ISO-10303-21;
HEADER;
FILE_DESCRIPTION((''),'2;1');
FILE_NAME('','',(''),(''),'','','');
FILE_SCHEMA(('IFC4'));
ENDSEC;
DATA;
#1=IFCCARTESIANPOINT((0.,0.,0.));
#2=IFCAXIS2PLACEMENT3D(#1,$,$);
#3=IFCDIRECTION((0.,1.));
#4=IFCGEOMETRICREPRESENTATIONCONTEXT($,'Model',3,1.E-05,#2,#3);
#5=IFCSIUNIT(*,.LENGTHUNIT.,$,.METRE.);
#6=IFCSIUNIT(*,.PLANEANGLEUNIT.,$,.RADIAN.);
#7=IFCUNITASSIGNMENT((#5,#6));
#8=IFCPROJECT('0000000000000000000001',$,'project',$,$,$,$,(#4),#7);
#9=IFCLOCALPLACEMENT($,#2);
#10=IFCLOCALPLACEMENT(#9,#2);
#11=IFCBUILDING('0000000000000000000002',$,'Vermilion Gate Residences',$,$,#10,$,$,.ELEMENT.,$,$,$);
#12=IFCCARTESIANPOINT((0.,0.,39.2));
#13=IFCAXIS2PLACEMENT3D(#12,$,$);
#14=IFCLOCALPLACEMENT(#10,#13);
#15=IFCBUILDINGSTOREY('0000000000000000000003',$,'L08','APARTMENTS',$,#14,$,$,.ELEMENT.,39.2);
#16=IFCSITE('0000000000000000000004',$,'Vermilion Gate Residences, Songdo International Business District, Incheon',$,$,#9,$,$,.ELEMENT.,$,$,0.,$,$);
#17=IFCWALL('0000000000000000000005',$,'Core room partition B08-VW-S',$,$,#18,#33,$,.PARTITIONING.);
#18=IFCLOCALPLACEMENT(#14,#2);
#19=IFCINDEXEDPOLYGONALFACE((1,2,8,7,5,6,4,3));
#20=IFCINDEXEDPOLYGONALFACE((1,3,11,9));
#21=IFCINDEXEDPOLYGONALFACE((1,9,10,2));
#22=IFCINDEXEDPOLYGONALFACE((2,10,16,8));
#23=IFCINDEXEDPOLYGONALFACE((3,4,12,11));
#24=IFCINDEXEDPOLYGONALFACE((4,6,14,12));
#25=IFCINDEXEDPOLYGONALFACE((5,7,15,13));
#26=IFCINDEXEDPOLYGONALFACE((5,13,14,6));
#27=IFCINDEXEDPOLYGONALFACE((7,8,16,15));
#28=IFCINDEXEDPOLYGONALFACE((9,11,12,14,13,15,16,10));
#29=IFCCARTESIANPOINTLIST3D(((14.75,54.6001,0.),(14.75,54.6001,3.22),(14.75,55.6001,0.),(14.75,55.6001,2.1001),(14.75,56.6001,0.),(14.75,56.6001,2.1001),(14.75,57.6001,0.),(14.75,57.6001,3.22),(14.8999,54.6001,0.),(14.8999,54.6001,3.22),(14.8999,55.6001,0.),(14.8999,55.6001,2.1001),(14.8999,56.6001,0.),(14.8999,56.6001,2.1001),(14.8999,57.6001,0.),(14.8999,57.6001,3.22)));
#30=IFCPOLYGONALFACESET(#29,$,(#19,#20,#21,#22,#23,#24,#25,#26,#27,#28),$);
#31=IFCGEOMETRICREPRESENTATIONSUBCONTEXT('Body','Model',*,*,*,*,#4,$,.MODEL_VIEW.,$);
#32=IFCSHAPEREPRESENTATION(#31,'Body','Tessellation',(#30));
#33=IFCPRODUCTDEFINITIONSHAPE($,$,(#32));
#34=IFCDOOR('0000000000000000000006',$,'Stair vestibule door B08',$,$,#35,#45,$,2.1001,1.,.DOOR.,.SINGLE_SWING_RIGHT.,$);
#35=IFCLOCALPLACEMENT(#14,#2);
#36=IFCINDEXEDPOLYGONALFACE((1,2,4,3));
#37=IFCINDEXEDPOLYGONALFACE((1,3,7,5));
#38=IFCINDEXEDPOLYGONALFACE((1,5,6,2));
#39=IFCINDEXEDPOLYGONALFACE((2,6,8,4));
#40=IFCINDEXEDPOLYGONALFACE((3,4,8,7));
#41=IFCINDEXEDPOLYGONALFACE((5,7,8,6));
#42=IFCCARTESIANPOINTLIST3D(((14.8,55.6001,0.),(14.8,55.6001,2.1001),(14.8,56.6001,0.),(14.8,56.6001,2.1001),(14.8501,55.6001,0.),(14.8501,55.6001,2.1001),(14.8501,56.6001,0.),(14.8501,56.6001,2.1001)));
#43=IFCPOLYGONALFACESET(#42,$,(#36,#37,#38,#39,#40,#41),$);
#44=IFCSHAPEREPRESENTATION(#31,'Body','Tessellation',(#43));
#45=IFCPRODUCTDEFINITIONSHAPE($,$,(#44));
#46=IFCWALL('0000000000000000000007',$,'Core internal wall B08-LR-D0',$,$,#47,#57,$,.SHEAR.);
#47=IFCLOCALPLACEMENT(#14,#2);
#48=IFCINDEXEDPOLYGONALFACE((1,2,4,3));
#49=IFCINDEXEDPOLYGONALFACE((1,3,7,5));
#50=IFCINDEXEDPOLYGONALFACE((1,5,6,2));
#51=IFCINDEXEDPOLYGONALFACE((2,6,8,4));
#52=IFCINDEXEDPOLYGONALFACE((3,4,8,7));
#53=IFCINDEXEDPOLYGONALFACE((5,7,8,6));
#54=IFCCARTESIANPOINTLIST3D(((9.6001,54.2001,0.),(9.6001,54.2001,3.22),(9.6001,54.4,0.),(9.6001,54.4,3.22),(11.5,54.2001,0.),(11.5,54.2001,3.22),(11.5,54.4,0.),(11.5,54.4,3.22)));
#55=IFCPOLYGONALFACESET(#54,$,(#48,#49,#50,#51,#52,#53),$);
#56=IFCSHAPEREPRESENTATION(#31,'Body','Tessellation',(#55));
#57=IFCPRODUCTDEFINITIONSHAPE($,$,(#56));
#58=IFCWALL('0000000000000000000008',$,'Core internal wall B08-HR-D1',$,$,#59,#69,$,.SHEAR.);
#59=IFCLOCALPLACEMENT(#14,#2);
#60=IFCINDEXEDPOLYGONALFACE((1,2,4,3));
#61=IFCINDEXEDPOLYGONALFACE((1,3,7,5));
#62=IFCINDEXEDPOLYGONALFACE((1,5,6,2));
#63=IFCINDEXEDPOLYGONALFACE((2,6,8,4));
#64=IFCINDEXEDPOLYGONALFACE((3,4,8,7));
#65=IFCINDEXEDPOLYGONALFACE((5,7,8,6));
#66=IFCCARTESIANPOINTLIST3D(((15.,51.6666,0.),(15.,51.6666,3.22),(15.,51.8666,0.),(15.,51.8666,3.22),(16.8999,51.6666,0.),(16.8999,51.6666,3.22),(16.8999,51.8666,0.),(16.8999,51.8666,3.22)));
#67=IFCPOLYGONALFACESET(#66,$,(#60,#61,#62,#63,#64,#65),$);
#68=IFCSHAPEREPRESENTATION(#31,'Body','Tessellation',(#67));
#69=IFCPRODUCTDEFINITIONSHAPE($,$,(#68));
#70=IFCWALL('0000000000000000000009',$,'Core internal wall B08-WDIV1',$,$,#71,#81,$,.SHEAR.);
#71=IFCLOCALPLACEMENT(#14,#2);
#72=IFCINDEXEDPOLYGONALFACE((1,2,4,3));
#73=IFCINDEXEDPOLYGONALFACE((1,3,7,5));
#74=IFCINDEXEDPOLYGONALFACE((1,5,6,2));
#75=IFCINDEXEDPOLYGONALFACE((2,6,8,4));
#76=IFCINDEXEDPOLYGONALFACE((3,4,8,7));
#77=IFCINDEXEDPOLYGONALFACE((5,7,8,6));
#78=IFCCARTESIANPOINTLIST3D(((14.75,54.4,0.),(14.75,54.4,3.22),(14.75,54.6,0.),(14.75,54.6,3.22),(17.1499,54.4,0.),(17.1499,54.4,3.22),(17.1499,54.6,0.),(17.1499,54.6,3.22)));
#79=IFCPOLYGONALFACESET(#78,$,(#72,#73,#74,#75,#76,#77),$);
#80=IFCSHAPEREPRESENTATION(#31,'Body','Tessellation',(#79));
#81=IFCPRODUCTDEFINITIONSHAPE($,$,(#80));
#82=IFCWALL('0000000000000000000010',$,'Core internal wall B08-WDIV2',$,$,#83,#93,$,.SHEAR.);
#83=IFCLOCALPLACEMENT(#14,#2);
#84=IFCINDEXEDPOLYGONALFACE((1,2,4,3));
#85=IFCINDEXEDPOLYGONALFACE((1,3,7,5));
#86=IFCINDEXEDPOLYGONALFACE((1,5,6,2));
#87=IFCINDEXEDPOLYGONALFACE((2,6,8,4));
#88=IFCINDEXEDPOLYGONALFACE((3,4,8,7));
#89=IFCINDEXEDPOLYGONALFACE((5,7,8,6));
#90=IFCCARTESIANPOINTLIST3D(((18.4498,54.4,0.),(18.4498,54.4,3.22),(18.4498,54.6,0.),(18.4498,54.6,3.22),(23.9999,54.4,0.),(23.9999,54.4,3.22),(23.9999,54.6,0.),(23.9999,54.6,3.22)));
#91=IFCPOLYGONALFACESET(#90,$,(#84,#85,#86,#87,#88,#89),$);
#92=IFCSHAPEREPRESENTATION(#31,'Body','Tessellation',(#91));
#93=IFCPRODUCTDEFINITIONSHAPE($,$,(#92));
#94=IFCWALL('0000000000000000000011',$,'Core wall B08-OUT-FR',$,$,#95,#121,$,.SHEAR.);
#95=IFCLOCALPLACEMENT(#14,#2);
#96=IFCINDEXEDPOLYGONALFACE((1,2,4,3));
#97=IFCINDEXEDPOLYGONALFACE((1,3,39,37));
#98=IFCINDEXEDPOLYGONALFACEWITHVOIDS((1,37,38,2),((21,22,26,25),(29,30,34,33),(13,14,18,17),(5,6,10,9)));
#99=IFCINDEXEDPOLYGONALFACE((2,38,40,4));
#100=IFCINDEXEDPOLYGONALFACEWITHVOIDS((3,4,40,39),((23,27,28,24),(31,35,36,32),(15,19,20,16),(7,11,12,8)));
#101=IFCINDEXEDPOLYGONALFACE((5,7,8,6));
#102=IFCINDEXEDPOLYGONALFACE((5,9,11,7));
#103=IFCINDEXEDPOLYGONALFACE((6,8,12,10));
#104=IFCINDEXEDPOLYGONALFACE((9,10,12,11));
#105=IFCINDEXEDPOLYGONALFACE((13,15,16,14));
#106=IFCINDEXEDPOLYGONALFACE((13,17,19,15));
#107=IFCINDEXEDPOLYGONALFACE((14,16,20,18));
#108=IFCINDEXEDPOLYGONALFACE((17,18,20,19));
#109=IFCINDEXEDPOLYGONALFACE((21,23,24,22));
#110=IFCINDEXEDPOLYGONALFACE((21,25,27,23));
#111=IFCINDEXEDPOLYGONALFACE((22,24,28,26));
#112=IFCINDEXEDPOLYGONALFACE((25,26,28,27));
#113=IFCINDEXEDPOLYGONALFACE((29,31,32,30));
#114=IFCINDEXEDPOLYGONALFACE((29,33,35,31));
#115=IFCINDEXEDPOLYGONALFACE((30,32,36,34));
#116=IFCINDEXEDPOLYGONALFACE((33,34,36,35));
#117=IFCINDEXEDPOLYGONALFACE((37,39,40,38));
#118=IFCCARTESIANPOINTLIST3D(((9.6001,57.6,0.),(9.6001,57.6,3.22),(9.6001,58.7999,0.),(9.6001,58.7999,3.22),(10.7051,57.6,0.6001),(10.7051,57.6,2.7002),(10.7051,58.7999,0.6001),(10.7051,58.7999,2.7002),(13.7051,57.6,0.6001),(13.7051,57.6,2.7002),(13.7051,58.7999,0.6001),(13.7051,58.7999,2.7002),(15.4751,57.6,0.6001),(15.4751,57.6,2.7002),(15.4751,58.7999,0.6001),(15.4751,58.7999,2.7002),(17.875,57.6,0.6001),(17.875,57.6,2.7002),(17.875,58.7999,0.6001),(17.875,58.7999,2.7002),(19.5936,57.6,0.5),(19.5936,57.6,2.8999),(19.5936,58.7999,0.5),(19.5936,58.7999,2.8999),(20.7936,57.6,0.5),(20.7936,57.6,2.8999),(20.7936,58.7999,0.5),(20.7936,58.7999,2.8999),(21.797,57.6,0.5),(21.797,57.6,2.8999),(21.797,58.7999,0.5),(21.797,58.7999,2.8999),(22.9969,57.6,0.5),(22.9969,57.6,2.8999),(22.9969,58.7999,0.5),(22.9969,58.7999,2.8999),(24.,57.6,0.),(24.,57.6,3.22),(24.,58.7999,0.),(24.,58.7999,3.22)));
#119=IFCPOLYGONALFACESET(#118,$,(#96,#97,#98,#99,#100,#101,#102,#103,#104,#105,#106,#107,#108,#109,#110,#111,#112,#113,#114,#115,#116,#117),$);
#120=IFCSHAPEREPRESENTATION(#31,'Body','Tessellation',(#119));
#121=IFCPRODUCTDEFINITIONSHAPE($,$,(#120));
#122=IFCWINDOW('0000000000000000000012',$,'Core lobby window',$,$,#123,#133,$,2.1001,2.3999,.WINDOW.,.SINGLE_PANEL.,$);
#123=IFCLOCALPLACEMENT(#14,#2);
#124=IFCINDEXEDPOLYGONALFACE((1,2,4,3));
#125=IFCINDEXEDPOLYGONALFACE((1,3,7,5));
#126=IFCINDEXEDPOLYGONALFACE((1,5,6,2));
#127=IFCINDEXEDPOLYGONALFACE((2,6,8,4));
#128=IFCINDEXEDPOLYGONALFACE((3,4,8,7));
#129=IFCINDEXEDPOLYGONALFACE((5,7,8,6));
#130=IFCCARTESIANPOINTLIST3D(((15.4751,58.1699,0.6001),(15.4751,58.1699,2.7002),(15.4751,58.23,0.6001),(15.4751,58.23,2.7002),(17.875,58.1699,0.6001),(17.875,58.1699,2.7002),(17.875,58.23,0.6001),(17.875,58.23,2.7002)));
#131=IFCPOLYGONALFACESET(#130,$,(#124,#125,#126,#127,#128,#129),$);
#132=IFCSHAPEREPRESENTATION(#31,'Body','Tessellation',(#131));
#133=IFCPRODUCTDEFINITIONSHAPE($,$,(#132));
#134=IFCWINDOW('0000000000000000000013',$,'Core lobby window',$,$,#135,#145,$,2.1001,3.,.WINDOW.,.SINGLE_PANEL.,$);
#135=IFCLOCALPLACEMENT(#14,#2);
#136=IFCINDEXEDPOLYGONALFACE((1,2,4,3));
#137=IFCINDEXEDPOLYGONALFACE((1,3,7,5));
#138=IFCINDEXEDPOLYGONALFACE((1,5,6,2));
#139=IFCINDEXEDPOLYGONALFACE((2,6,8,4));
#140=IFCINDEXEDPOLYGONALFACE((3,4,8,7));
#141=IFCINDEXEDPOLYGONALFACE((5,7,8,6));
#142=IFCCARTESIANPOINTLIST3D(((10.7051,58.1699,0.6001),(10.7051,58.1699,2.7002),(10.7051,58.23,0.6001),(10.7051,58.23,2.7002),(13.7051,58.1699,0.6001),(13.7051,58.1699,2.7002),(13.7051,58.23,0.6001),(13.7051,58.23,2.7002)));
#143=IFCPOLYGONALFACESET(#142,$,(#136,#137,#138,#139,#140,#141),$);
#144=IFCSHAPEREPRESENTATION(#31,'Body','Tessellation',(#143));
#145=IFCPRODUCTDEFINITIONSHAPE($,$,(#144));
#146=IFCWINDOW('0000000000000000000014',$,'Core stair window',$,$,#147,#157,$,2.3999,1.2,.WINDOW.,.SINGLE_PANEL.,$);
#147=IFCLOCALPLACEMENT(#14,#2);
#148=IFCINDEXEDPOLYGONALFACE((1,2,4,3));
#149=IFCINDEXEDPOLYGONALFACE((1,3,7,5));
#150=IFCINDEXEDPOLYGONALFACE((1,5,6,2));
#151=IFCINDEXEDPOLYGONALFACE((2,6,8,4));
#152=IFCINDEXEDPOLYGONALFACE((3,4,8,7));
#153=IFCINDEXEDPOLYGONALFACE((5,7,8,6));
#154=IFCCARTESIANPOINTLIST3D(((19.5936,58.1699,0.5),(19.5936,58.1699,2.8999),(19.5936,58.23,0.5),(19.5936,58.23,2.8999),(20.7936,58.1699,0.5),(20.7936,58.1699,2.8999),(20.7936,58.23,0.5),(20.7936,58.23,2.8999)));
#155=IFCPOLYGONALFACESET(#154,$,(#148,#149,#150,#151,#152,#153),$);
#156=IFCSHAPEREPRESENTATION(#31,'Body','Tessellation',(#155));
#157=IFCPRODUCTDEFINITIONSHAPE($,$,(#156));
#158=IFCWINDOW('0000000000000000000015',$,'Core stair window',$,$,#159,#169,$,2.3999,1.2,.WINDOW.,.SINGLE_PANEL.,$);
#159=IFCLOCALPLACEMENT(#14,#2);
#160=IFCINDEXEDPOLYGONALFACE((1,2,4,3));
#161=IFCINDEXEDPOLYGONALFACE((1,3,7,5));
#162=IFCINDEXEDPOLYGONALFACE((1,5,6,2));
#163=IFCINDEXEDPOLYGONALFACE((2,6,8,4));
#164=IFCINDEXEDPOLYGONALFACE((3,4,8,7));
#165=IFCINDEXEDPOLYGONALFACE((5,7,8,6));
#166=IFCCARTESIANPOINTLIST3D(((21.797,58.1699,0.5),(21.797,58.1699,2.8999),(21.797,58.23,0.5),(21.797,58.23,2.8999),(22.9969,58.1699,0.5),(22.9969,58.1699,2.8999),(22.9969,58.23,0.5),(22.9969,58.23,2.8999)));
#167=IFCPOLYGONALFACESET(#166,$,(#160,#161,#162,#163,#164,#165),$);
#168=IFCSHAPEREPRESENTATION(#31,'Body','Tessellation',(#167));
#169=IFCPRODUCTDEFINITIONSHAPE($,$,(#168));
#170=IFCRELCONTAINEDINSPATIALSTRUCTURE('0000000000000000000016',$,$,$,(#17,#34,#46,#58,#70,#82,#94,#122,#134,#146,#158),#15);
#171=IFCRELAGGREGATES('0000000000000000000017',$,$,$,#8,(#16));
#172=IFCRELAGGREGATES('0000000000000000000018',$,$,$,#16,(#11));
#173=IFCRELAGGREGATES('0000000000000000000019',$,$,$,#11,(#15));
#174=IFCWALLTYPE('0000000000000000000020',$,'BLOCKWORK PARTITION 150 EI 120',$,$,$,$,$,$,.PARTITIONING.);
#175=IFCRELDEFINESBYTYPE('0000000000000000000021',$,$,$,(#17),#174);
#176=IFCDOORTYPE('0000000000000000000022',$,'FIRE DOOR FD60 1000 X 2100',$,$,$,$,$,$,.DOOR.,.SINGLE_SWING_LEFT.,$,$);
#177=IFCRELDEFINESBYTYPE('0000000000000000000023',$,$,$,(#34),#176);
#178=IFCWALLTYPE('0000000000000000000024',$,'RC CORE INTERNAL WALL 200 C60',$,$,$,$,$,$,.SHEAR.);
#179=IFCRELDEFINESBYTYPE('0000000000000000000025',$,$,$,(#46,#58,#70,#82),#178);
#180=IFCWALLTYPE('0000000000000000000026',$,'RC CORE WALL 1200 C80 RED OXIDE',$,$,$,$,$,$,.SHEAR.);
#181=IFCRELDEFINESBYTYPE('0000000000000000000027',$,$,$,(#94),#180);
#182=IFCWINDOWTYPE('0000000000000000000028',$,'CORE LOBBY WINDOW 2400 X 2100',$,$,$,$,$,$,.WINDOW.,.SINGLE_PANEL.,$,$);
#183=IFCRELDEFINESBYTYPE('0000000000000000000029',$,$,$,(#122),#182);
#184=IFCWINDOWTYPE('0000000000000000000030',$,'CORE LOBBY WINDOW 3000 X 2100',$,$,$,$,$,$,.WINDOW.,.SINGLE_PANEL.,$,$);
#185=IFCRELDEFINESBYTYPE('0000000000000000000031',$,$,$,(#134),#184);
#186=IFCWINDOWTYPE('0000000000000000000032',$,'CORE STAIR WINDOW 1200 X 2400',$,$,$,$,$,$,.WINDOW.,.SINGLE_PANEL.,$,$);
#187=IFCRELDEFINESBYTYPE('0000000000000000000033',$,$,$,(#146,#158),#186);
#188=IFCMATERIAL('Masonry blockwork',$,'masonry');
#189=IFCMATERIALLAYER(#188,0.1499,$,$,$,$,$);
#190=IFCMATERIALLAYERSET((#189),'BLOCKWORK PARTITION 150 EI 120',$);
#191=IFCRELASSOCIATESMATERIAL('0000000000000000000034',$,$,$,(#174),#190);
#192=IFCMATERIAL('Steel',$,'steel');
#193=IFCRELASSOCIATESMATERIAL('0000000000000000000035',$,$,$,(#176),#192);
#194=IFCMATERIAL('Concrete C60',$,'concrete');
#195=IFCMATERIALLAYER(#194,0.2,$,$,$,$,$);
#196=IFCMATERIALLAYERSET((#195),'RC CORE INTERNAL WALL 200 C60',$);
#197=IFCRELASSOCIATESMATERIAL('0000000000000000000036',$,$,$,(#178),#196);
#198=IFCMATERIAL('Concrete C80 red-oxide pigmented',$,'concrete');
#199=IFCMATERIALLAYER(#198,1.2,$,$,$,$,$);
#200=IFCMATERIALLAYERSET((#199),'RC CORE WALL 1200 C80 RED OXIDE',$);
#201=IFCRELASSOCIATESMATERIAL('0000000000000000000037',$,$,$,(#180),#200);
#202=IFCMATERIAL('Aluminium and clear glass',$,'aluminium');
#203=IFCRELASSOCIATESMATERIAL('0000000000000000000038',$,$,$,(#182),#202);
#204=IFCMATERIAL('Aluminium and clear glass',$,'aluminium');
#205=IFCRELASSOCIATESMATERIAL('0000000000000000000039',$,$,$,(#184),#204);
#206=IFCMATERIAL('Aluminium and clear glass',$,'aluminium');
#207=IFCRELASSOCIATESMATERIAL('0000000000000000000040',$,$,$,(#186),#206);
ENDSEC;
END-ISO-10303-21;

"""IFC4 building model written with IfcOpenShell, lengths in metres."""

from ifc_helpers import new_model, si_unit, direction, frame, frame_2d, origin, place, context, subcontext, project, spatial, rectangle, extrude, material, layer, layer_set, type_object, element, fill, save


model = new_model("IFC4")

# Units and contexts
model_context = context("Model", 3, precision=1e-05, world=origin(), true_north=direction((0.0, 1.0)))
body_context = subcontext(model_context, "Body", "Model", "MODEL_VIEW")
ifc_project = project(units=[si_unit("LENGTHUNIT", "METRE"), si_unit("PLANEANGLEUNIT", "RADIAN")], contexts=[model_context])

# Site, building, storey
site_placement = place(None, origin())
site = spatial("IfcSite", under=ifc_project, at=site_placement, Name="Vermilion Gate Residences, Songdo International Business District, Incheon", CompositionType="ELEMENT", RefElevation=0.0)
building_placement = place(site_placement, origin())
building = spatial("IfcBuilding", under=site, at=building_placement, Name="Vermilion Gate Residences", CompositionType="ELEMENT")
storey_placement = place(building_placement, frame((0.0, 0.0, 39.2)))
storey = spatial("IfcBuildingStorey", under=building, at=storey_placement, Name="L08", Description="APARTMENTS", CompositionType="ELEMENT", Elevation=39.2)

# Wall, opening, door
ifc_material_1 = material(Name="Masonry blockwork", Category="masonry")
ifc_layer_1 = layer(ifc_material_1, 0.1499)
ifc_layer_set_1 = layer_set([ifc_layer_1], Name="BLOCKWORK PARTITION 150 EI 120")
wall_type_1 = type_object("IfcWallType", Name="BLOCKWORK PARTITION 150 EI 120", PredefinedType="PARTITIONING", material=ifc_layer_set_1)
wall_1_placement = place(storey_placement, frame((14.825, 57.6001, 0.0), z_axis=(0.0, 0.0, 1.0), x_axis=(0.0, -1.0, 0.0)))
wall_1 = element("IfcWall", 1, at=wall_1_placement, inside=storey, type_object=wall_type_1, Name="Core room partition B08-VW-S", PredefinedType="PARTITIONING", context=body_context, shape_type="SweptSolid", body=[
    extrude(rectangle(XDim=3.0, YDim=0.1499, at=frame_2d((1.5, 0.0))), origin(), (0.0, 0.0, 1.0), 3.22),
])
opening_1_placement = place(wall_1_placement, frame((1.0, 0.0, 0.0)))
opening_1 = element("IfcOpeningElement", 2, at=opening_1_placement, cuts=wall_1, PredefinedType="OPENING", context=body_context, shape_type="SweptSolid", body=[
    extrude(rectangle(XDim=1.0, YDim=2.1001, at=frame_2d((0.5, 1.05))), frame((0.0, 0.085, 0.0), z_axis=(0.0, -1.0, 0.0), x_axis=(1.0, 0.0, 0.0)), (0.0, 0.0, 1.0), 0.1699),
])
ifc_material_2 = material(Name="Steel", Category="steel")
door_type_1 = type_object("IfcDoorType", Name="FIRE DOOR FD60 1000 X 2100", OperationType="SINGLE_SWING_LEFT", PredefinedType="DOOR", material=ifc_material_2)
door_1_placement = place(opening_1_placement, frame((1.0, 0.0, 0.0), z_axis=(0.0, 0.0, 1.0), x_axis=(-1.0, 0.0, 0.0)))
door_1 = element("IfcDoor", 3, at=door_1_placement, inside=storey, type_object=door_type_1, Name="Stair vestibule door B08", OperationType="SINGLE_SWING_RIGHT", OverallHeight=2.1001, OverallWidth=1.0, PredefinedType="DOOR", context=body_context, shape_type="SweptSolid", body=[
    extrude(rectangle(XDim=1.0, YDim=2.1001, at=frame_2d((0.5, 1.05))), frame((0.0, 0.0249, 0.0), z_axis=(0.0, -1.0, 0.0), x_axis=(1.0, 0.0, 0.0)), (0.0, 0.0, 1.0), 0.05),
])
fill(opening_1, door_1)

# Walls
ifc_material_3 = material(Name="Concrete C60", Category="concrete")
ifc_layer_2 = layer(ifc_material_3, 0.2)
ifc_layer_set_2 = layer_set([ifc_layer_2], Name="RC CORE INTERNAL WALL 200 C60")
wall_type_2 = type_object("IfcWallType", Name="RC CORE INTERNAL WALL 200 C60", PredefinedType="SHEAR", material=ifc_layer_set_2)
for number, where, z_axis, x_axis, name in (
    (4, (9.6001, 54.3, 0.0), (0.0, 0.0, 1.0), (1.0, 0.0, 0.0), "Core internal wall B08-LR-D0"),
    (5, (15.0, 51.7666, 0.0), (0.0, 0.0, 1.0), (1.0, 0.0, 0.0), "Core internal wall B08-HR-D1"),
):
    element("IfcWall", number, at=place(storey_placement, frame(where, z_axis=z_axis, x_axis=x_axis)), inside=storey, type_object=wall_type_2, Name=name, PredefinedType="SHEAR", context=body_context, shape_type="SweptSolid", body=[
        extrude(rectangle(XDim=1.8999, YDim=0.2, at=frame_2d((0.95, 0.0))), origin(), (0.0, 0.0, 1.0), 3.22),
    ])
wall_2_placement = place(storey_placement, frame((14.75, 54.5, 0.0), z_axis=(0.0, 0.0, 1.0), x_axis=(1.0, 0.0, 0.0)))
element("IfcWall", 6, at=wall_2_placement, inside=storey, type_object=wall_type_2, Name="Core internal wall B08-WDIV1", PredefinedType="SHEAR", context=body_context, shape_type="SweptSolid", body=[
    extrude(rectangle(XDim=2.3999, YDim=0.2, at=frame_2d((1.2, 0.0))), origin(), (0.0, 0.0, 1.0), 3.22),
])
wall_3_placement = place(storey_placement, frame((18.45, 54.5, 0.0), z_axis=(0.0, 0.0, 1.0), x_axis=(1.0, 0.0, 0.0)))
element("IfcWall", 7, at=wall_3_placement, inside=storey, type_object=wall_type_2, Name="Core internal wall B08-WDIV2", PredefinedType="SHEAR", context=body_context, shape_type="SweptSolid", body=[
    extrude(rectangle(XDim=5.55, YDim=0.2, at=frame_2d((2.7749, 0.0))), origin(), (0.0, 0.0, 1.0), 3.22),
])

# Wall, openings, windows
ifc_material_4 = material(Name="Concrete C80 red-oxide pigmented", Category="concrete")
ifc_layer_3 = layer(ifc_material_4, 1.2)
ifc_layer_set_3 = layer_set([ifc_layer_3], Name="RC CORE WALL 1200 C80 RED OXIDE")
wall_type_3 = type_object("IfcWallType", Name="RC CORE WALL 1200 C80 RED OXIDE", PredefinedType="SHEAR", material=ifc_layer_set_3)
wall_4_placement = place(storey_placement, frame((9.6001, 58.2, 0.0), z_axis=(0.0, 0.0, 1.0), x_axis=(1.0, 0.0, 0.0)))
wall_4 = element("IfcWall", 8, at=wall_4_placement, inside=storey, type_object=wall_type_3, Name="Core wall B08-OUT-FR", PredefinedType="SHEAR", context=body_context, shape_type="SweptSolid", body=[
    extrude(rectangle(XDim=14.3999, YDim=1.2, at=frame_2d((7.2, 0.0))), origin(), (0.0, 0.0, 1.0), 3.22),
])
opening_2_placement = place(wall_4_placement, frame((1.105, 0.0, 0.6001)))
opening_2 = element("IfcOpeningElement", 9, at=opening_2_placement, cuts=wall_4, PredefinedType="OPENING", context=body_context, shape_type="SweptSolid", body=[
    extrude(rectangle(XDim=3.0, YDim=2.1001, at=frame_2d((1.5, 1.05))), frame((0.0, 0.6099, 0.0), z_axis=(0.0, -1.0, 0.0), x_axis=(1.0, 0.0, 0.0)), (0.0, 0.0, 1.0), 1.22),
])
opening_3_placement = place(wall_4_placement, frame((5.875, 0.0, 0.6001)))
opening_3 = element("IfcOpeningElement", 10, at=opening_3_placement, cuts=wall_4, PredefinedType="OPENING", context=body_context, shape_type="SweptSolid", body=[
    extrude(rectangle(XDim=2.3999, YDim=2.1001, at=frame_2d((1.2, 1.05))), frame((0.0, 0.6099, 0.0), z_axis=(0.0, -1.0, 0.0), x_axis=(1.0, 0.0, 0.0)), (0.0, 0.0, 1.0), 1.22),
])
opening_4_placement = place(wall_4_placement, frame((9.9934, 0.0, 0.5)))
opening_4 = element("IfcOpeningElement", 11, at=opening_4_placement, cuts=wall_4, PredefinedType="OPENING", context=body_context, shape_type="SweptSolid", body=[
    extrude(rectangle(XDim=1.2, YDim=2.3999, at=frame_2d((0.6001, 1.2))), frame((0.0, 0.6099, 0.0), z_axis=(0.0, -1.0, 0.0), x_axis=(1.0, 0.0, 0.0)), (0.0, 0.0, 1.0), 1.22),
])
opening_5_placement = place(wall_4_placement, frame((12.1968, 0.0, 0.5)))
opening_5 = element("IfcOpeningElement", 12, at=opening_5_placement, cuts=wall_4, PredefinedType="OPENING", context=body_context, shape_type="SweptSolid", body=[
    extrude(rectangle(XDim=1.2, YDim=2.3999, at=frame_2d((0.6001, 1.2))), frame((0.0, 0.6099, 0.0), z_axis=(0.0, -1.0, 0.0), x_axis=(1.0, 0.0, 0.0)), (0.0, 0.0, 1.0), 1.22),
])
ifc_material_5 = material(Name="Aluminium and clear glass", Category="aluminium")
window_type_1 = type_object("IfcWindowType", Name="CORE LOBBY WINDOW 2400 X 2100", PartitioningType="SINGLE_PANEL", PredefinedType="WINDOW", material=ifc_material_5)
window_1_placement = place(opening_3_placement, origin())
window_1 = element("IfcWindow", 13, at=window_1_placement, inside=storey, type_object=window_type_1, Name="Core lobby window", OverallHeight=2.1001, OverallWidth=2.3999, PartitioningType="SINGLE_PANEL", PredefinedType="WINDOW", context=body_context, shape_type="SweptSolid", body=[
    extrude(rectangle(XDim=2.3999, YDim=2.1001, at=frame_2d((1.2, 1.05))), frame((0.0, 0.03, 0.0), z_axis=(0.0, -1.0, 0.0), x_axis=(1.0, 0.0, 0.0)), (0.0, 0.0, 1.0), 0.0601),
])
fill(opening_3, window_1)
ifc_material_6 = material(Name="Aluminium and clear glass", Category="aluminium")
window_type_2 = type_object("IfcWindowType", Name="CORE LOBBY WINDOW 3000 X 2100", PartitioningType="SINGLE_PANEL", PredefinedType="WINDOW", material=ifc_material_6)
window_2_placement = place(opening_2_placement, origin())
window_2 = element("IfcWindow", 14, at=window_2_placement, inside=storey, type_object=window_type_2, Name="Core lobby window", OverallHeight=2.1001, OverallWidth=3.0, PartitioningType="SINGLE_PANEL", PredefinedType="WINDOW", context=body_context, shape_type="SweptSolid", body=[
    extrude(rectangle(XDim=3.0, YDim=2.1001, at=frame_2d((1.5, 1.05))), frame((0.0, 0.03, 0.0), z_axis=(0.0, -1.0, 0.0), x_axis=(1.0, 0.0, 0.0)), (0.0, 0.0, 1.0), 0.0601),
])
fill(opening_2, window_2)
ifc_material_7 = material(Name="Aluminium and clear glass", Category="aluminium")
window_type_3 = type_object("IfcWindowType", Name="CORE STAIR WINDOW 1200 X 2400", PartitioningType="SINGLE_PANEL", PredefinedType="WINDOW", material=ifc_material_7)
window_3_placement = place(opening_4_placement, origin())
window_3 = element("IfcWindow", 15, at=window_3_placement, inside=storey, type_object=window_type_3, Name="Core stair window", OverallHeight=2.3999, OverallWidth=1.2, PartitioningType="SINGLE_PANEL", PredefinedType="WINDOW", context=body_context, shape_type="SweptSolid", body=[
    extrude(rectangle(XDim=1.2, YDim=2.3999, at=frame_2d((0.6001, 1.2))), frame((0.0, 0.03, 0.0), z_axis=(0.0, -1.0, 0.0), x_axis=(1.0, 0.0, 0.0)), (0.0, 0.0, 1.0), 0.0601),
])
fill(opening_4, window_3)
window_4_placement = place(opening_5_placement, origin())
window_4 = element("IfcWindow", 16, at=window_4_placement, inside=storey, type_object=window_type_3, Name="Core stair window", OverallHeight=2.3999, OverallWidth=1.2, PartitioningType="SINGLE_PANEL", PredefinedType="WINDOW", context=body_context, shape_type="SweptSolid", body=[
    extrude(rectangle(XDim=1.2, YDim=2.3999, at=frame_2d((0.6001, 1.2))), frame((0.0, 0.03, 0.0), z_axis=(0.0, -1.0, 0.0), x_axis=(1.0, 0.0, 0.0)), (0.0, 0.0, 1.0), 0.0601),
])
fill(opening_5, window_4)

save(model, "model.ifc")
